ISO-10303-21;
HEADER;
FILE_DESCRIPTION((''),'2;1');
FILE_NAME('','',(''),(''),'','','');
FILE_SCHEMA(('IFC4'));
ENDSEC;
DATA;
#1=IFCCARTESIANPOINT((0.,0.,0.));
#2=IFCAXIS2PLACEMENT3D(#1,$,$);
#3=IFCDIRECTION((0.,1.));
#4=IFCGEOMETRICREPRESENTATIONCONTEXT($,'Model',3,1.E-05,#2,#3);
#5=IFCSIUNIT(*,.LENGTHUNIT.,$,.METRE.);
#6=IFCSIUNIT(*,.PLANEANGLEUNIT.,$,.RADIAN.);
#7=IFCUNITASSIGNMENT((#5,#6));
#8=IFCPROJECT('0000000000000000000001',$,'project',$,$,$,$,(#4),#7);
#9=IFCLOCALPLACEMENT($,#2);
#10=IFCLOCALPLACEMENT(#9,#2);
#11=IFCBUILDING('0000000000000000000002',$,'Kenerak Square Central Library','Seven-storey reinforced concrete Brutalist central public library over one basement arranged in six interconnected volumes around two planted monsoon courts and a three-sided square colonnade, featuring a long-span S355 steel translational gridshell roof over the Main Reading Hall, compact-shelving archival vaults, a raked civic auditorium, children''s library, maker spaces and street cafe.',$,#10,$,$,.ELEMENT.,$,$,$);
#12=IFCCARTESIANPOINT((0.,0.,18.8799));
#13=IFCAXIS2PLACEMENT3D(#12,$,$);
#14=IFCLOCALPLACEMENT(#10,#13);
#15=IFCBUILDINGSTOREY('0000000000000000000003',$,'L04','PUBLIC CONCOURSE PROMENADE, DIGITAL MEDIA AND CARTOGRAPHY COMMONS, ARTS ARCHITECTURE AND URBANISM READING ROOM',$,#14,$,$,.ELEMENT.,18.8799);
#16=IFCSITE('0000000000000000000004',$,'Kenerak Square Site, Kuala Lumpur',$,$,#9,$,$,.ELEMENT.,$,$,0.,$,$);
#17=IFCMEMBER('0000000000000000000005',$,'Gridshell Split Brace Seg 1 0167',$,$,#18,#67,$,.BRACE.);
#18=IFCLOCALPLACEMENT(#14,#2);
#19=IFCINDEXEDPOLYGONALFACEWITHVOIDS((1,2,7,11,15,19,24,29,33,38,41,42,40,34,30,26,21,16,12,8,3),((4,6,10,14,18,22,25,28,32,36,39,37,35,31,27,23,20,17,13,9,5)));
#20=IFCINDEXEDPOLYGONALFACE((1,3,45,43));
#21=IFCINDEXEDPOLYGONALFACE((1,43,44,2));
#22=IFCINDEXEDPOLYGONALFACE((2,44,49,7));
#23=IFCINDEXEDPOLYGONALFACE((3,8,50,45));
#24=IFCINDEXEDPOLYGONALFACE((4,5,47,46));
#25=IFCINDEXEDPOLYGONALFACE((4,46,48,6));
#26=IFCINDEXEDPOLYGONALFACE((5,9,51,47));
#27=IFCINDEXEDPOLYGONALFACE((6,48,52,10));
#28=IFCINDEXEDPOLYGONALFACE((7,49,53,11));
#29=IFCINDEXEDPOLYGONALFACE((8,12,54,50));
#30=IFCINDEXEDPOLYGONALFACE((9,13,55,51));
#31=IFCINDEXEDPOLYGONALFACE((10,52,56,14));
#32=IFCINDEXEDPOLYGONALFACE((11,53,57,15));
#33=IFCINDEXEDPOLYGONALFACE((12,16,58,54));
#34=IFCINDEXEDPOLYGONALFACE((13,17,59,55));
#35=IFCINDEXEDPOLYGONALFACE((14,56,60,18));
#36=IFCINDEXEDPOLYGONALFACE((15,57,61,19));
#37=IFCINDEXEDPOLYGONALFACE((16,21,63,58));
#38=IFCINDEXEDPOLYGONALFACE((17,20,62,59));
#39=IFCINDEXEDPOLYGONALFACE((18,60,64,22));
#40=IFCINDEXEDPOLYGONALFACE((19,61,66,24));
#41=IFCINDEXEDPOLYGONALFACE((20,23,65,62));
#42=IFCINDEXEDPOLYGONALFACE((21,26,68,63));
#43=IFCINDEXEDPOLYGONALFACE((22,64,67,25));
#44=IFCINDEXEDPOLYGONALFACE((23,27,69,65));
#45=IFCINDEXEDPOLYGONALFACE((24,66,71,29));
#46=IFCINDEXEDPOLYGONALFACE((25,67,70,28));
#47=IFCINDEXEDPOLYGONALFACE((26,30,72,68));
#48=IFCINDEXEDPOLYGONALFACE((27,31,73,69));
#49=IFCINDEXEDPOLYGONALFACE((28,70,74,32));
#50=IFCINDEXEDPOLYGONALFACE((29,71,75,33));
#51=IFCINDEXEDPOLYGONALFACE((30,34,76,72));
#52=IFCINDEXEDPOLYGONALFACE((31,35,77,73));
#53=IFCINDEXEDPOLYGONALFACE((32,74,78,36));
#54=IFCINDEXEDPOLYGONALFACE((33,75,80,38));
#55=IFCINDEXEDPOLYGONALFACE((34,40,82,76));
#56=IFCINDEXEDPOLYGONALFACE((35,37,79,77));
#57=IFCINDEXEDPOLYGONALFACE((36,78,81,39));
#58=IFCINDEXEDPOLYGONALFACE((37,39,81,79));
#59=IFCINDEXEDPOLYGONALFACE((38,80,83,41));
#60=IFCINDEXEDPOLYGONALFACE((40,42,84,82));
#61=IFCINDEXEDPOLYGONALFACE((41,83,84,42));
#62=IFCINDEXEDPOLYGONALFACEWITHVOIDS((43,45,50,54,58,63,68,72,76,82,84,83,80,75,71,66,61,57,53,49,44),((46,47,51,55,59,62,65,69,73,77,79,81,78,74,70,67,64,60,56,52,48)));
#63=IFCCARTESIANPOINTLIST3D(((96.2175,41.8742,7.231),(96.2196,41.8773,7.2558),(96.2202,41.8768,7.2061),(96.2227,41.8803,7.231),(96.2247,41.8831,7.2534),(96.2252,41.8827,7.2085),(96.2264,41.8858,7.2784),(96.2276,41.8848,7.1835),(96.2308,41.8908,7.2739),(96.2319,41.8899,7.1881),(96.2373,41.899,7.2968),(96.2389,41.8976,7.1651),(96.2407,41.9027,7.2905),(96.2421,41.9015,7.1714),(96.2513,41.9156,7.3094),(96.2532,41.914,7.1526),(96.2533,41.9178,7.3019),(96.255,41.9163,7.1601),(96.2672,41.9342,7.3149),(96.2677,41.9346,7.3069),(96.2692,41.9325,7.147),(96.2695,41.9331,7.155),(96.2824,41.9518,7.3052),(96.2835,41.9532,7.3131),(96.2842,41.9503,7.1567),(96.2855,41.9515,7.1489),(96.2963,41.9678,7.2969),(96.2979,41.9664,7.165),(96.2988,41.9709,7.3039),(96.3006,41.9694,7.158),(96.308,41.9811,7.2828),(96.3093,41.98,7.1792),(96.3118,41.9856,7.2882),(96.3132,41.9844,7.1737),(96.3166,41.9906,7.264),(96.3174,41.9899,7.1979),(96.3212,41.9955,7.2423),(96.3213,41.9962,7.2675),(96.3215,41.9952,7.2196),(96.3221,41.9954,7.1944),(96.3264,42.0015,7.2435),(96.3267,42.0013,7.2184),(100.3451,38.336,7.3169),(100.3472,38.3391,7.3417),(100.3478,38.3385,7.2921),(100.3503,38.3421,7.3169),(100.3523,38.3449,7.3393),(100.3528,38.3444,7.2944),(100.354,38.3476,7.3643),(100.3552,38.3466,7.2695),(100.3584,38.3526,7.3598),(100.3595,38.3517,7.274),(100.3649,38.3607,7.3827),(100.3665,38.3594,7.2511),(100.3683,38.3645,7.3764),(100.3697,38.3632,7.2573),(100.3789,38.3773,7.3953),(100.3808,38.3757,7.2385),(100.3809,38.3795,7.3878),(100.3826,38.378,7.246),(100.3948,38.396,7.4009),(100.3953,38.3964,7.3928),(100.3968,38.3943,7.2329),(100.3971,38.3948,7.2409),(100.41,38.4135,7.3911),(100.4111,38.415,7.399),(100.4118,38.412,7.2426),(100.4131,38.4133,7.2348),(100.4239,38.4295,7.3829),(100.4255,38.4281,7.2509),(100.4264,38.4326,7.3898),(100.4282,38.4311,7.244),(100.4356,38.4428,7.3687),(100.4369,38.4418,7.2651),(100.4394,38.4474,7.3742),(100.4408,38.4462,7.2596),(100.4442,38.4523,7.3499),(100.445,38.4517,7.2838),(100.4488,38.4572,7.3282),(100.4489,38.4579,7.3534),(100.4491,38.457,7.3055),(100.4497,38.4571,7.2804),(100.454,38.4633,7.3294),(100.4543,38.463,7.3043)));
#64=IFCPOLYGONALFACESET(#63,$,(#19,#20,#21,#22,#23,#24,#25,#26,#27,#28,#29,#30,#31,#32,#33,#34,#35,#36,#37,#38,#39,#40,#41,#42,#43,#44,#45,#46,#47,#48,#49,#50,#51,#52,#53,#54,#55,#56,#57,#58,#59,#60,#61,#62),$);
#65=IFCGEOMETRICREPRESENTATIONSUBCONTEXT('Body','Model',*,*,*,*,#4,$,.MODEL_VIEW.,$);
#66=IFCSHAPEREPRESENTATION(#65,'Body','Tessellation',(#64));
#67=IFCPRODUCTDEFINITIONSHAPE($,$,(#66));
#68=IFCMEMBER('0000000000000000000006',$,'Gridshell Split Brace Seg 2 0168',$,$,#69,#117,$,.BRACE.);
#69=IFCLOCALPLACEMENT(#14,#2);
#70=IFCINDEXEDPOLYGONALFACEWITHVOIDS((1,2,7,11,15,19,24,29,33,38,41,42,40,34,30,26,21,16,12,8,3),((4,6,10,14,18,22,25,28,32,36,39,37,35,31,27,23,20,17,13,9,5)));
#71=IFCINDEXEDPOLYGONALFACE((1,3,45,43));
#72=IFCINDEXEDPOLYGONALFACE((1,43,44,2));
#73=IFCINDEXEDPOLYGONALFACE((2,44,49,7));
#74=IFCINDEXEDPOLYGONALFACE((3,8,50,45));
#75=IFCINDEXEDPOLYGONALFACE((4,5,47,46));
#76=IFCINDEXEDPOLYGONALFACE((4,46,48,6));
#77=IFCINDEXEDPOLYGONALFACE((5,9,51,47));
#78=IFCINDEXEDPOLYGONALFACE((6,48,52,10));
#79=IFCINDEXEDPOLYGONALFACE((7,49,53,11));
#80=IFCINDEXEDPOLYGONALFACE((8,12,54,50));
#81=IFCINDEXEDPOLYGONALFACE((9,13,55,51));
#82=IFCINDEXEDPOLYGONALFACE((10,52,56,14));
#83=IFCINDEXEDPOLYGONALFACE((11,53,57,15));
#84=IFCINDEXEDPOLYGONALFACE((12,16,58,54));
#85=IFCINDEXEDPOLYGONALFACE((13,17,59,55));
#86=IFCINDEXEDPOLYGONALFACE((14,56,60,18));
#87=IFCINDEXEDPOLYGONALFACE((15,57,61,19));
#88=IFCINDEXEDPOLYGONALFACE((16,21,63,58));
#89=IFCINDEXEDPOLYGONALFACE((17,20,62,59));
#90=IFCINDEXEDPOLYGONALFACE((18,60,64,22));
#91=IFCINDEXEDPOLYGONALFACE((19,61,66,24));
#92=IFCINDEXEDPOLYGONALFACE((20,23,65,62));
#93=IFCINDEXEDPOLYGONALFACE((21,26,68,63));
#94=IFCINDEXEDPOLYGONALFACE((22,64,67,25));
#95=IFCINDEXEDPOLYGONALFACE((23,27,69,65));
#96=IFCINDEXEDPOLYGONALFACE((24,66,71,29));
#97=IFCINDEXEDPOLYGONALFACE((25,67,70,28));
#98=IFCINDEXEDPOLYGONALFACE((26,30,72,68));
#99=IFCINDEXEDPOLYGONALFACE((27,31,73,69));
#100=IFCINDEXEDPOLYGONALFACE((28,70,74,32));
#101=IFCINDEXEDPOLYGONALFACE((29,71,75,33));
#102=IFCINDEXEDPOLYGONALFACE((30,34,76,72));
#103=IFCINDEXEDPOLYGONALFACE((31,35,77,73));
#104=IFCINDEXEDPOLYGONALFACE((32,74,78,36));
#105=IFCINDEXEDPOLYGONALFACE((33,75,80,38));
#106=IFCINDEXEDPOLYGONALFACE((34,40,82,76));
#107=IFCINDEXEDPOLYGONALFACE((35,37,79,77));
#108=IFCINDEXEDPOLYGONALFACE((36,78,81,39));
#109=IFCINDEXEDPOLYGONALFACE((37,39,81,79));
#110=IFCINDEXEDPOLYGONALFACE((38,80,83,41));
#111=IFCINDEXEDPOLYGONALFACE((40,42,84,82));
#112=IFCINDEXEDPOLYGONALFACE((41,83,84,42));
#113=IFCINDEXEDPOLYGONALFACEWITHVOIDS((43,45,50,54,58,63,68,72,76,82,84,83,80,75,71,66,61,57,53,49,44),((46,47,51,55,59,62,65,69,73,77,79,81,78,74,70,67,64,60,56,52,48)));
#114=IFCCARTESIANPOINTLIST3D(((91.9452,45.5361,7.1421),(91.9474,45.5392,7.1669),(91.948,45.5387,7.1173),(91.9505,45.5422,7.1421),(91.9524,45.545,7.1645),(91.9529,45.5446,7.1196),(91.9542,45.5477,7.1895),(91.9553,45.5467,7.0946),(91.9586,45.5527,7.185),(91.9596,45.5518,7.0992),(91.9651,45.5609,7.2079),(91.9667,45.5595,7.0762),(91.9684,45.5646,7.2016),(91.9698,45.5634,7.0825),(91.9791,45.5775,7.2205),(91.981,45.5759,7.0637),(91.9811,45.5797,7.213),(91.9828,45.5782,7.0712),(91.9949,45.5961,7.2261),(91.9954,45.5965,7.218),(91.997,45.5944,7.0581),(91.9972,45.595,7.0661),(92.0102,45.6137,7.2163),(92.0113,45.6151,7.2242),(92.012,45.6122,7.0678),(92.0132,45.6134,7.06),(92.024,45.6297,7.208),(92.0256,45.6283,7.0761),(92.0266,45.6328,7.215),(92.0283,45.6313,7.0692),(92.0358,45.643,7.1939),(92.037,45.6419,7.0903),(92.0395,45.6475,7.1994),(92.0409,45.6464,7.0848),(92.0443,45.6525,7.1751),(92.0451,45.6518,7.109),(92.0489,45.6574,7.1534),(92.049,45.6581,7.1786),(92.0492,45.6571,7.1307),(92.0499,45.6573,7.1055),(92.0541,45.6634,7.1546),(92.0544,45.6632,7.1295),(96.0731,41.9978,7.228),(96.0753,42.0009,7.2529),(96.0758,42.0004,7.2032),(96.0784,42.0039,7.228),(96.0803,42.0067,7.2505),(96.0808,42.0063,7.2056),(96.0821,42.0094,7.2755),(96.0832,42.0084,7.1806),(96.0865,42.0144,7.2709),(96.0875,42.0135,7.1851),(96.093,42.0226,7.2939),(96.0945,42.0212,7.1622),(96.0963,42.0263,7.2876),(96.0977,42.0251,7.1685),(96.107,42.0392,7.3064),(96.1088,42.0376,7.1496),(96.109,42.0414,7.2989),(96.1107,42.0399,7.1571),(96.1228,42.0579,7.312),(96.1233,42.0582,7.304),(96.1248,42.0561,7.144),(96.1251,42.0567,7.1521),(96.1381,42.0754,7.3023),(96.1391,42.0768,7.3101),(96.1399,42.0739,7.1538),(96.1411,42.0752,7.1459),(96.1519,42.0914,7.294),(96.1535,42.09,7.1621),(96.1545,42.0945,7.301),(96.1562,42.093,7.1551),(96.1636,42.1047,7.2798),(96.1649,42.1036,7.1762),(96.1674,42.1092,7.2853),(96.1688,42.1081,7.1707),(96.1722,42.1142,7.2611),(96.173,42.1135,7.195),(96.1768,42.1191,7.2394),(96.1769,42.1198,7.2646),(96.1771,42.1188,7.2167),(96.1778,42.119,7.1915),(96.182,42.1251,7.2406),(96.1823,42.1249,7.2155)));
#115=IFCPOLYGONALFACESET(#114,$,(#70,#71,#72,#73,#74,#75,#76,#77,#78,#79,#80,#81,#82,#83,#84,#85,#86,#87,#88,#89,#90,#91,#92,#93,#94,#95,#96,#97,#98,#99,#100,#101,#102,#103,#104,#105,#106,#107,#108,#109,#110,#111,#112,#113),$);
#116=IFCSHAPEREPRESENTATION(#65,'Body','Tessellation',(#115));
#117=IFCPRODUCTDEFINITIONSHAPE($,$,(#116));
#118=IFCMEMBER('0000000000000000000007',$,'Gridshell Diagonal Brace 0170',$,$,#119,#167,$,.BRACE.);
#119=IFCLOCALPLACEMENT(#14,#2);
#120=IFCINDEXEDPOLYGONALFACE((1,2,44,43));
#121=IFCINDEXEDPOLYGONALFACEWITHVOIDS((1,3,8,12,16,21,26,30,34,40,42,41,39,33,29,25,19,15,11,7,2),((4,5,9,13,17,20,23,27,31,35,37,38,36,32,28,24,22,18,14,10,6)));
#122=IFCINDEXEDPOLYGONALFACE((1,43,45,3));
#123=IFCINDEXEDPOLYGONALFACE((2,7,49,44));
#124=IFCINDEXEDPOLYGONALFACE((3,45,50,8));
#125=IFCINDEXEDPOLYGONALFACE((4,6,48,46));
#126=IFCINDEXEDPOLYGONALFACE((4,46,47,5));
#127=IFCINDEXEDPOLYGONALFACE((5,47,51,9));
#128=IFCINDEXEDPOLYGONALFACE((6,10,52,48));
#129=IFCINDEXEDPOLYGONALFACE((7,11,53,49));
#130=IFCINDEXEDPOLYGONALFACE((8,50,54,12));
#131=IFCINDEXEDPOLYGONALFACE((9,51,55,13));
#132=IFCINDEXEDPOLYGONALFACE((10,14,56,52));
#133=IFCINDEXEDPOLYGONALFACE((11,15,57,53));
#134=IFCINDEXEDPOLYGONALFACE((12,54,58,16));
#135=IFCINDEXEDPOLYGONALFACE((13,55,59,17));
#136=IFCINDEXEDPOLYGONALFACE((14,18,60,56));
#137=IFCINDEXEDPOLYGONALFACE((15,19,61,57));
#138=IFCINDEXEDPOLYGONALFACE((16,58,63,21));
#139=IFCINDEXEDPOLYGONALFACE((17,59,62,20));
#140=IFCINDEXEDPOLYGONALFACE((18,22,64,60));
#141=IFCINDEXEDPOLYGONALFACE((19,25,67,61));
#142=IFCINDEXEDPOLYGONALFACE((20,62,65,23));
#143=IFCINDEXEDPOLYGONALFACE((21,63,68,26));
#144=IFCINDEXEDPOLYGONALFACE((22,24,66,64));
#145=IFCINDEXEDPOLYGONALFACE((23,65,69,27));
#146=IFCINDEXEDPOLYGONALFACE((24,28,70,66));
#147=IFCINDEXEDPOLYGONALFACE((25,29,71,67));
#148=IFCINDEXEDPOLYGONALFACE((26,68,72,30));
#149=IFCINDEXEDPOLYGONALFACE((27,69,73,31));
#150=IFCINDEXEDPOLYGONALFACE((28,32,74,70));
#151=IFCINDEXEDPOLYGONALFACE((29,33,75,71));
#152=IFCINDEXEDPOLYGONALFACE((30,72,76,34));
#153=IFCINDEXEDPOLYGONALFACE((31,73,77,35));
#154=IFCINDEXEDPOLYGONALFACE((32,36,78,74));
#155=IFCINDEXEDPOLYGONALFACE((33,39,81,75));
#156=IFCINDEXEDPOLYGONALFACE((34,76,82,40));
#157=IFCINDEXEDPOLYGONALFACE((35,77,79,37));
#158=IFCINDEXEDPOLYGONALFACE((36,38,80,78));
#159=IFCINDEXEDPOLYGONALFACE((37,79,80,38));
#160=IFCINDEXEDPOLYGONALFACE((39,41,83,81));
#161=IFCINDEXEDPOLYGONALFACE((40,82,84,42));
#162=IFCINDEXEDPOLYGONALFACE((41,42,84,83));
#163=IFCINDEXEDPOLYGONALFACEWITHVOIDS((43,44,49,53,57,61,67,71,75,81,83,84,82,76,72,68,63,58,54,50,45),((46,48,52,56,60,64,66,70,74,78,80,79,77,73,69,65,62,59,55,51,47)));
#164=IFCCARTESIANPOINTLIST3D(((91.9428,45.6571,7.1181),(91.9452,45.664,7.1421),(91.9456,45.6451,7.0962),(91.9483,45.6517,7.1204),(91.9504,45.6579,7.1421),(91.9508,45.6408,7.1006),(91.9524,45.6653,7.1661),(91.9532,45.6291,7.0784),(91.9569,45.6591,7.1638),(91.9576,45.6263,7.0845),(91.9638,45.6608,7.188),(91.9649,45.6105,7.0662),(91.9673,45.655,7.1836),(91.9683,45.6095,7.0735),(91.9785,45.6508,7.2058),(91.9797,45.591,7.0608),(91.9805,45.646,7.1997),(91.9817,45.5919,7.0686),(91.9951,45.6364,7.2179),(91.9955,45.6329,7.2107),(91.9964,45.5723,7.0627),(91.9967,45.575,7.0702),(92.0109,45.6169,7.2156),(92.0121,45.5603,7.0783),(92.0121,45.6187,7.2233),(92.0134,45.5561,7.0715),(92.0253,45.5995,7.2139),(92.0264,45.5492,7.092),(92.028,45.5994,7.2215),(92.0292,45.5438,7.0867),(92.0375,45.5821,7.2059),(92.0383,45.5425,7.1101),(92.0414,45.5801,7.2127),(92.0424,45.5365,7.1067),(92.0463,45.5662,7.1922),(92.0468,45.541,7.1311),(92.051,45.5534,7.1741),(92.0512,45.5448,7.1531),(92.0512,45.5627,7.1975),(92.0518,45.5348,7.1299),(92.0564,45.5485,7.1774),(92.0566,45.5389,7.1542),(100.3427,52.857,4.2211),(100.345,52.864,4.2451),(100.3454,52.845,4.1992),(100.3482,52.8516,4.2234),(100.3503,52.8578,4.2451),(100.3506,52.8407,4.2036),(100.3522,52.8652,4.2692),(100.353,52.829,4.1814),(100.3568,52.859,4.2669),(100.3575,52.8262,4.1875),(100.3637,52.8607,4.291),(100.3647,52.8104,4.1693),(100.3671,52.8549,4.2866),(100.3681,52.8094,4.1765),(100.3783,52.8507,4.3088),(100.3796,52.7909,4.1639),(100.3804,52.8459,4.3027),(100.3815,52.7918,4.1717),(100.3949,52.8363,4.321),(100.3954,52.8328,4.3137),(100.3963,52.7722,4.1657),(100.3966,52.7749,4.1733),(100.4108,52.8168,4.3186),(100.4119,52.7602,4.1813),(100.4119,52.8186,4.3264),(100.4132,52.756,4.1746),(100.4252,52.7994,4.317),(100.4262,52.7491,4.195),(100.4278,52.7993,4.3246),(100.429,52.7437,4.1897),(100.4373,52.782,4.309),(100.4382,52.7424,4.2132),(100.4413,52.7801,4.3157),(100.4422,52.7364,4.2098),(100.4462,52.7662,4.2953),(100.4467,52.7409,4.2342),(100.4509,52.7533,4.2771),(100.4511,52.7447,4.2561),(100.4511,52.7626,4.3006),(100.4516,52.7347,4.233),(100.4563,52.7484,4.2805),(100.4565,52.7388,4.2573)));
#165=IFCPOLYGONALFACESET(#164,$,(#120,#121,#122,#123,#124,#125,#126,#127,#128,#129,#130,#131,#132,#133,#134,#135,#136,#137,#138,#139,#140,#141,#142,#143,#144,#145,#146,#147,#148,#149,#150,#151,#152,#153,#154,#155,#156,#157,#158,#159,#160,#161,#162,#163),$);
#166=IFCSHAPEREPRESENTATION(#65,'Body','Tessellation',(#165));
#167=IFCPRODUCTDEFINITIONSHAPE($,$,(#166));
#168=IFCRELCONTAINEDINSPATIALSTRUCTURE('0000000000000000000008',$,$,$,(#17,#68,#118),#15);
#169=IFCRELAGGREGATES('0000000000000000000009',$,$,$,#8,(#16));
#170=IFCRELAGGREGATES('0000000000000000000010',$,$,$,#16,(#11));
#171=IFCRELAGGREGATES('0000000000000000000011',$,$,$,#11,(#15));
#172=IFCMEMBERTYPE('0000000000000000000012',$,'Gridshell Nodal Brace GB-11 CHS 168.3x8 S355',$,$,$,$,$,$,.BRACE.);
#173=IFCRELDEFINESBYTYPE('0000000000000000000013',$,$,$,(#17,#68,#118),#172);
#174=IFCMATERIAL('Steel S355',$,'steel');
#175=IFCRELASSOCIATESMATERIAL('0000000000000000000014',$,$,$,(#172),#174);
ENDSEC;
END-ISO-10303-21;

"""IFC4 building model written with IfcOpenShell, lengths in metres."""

from ifc_helpers import new_model, si_unit, direction, frame, origin, origin_2d, place, context, subcontext, project, spatial, hollow_circle, extrude, material, material_profile, profile_set, type_object, element, save


model = new_model("IFC4")

# Units and contexts
model_context = context("Model", 3, precision=1e-05, world=origin(), true_north=direction((0.0, 1.0)))
body_context = subcontext(model_context, "Body", "Model", "MODEL_VIEW")
ifc_project = project(units=[si_unit("LENGTHUNIT", "METRE"), si_unit("PLANEANGLEUNIT", "RADIAN")], contexts=[model_context])

# Site, building, storey
site_placement = place(None, origin())
site = spatial("IfcSite", under=ifc_project, at=site_placement, Name="Kenerak Square Site, Kuala Lumpur", CompositionType="ELEMENT", RefElevation=0.0)
building_placement = place(site_placement, origin())
building = spatial("IfcBuilding", under=site, at=building_placement, Name="Kenerak Square Central Library", Description="Seven-storey reinforced concrete Brutalist central public library over one basement arranged in six interconnected volumes around two planted monsoon courts and a three-sided square colonnade, featuring a long-span S355 steel translational gridshell roof over the Main Reading Hall, compact-shelving archival vaults, a raked civic auditorium, children's library, maker spaces and street cafe.", CompositionType="ELEMENT")
storey_placement = place(building_placement, frame((0.0, 0.0, 18.8799)))
storey = spatial("IfcBuildingStorey", under=building, at=storey_placement, Name="L04", Description="PUBLIC CONCOURSE PROMENADE, DIGITAL MEDIA AND CARTOGRAPHY COMMONS, ARTS ARCHITECTURE AND URBANISM READING ROOM", CompositionType="ELEMENT", Elevation=18.8799)

# Members
ifc_material = material(Name="Steel S355", Category="steel")
ifc_material_profile_1 = material_profile(ifc_material, hollow_circle(Radius=0.0842, WallThickness=0.0081, at=origin_2d()), Name="CHS 168.3x8.0")
ifc_profile_set_1 = profile_set([ifc_material_profile_1], Name="Steel S355")
member_type_1 = type_object("IfcMemberType", Name="Gridshell Nodal Brace GB-11 CHS 168.3x8 S355", PredefinedType="BRACE", material=ifc_profile_set_1)
member_1_placement = place(storey_placement, frame((100.3999, 38.3999, 7.3169), z_axis=(-0.759133, 0.650743, -0.015805), x_axis=(-0.650825, -0.759228, 0.0)))
element("IfcMember", 1, at=member_1_placement, inside=storey, type_object=member_type_1, Name="Gridshell Split Brace Seg 1 0167", PredefinedType="BRACE", context=body_context, shape_type="SweptSolid", body=[
    extrude(hollow_circle(Radius=0.0842, WallThickness=0.0081, at=origin_2d()), origin(), (0.0, 0.0, 1.0), 5.4373),
])
member_2_placement = place(storey_placement, frame((96.1279, 42.0618, 7.228), z_axis=(-0.759152, 0.650721, -0.015804), x_axis=(-0.650802, -0.759247, 0.0)))
element("IfcMember", 2, at=member_2_placement, inside=storey, type_object=member_type_1, Name="Gridshell Split Brace Seg 2 0168", PredefinedType="BRACE", context=body_context, shape_type="SweptSolid", body=[
    extrude(hollow_circle(Radius=0.0842, WallThickness=0.0081, at=origin_2d()), origin(), (0.0, 0.0, 1.0), 5.4375),
])
member_3_placement = place(storey_placement, frame((92.0, 45.6001, 7.1421), z_axis=(0.734492, 0.629567, -0.253313), x_axis=(-0.650793, 0.759255, 0.0)))
element("IfcMember", 3, at=member_3_placement, inside=storey, type_object=member_type_1, Name="Gridshell Diagonal Brace 0170", PredefinedType="BRACE", context=body_context, shape_type="SweptSolid", body=[
    extrude(hollow_circle(Radius=0.0842, WallThickness=0.0081, at=origin_2d()), origin(), (0.0, 0.0, 1.0), 11.4363),
])

save(model, "model.ifc")
